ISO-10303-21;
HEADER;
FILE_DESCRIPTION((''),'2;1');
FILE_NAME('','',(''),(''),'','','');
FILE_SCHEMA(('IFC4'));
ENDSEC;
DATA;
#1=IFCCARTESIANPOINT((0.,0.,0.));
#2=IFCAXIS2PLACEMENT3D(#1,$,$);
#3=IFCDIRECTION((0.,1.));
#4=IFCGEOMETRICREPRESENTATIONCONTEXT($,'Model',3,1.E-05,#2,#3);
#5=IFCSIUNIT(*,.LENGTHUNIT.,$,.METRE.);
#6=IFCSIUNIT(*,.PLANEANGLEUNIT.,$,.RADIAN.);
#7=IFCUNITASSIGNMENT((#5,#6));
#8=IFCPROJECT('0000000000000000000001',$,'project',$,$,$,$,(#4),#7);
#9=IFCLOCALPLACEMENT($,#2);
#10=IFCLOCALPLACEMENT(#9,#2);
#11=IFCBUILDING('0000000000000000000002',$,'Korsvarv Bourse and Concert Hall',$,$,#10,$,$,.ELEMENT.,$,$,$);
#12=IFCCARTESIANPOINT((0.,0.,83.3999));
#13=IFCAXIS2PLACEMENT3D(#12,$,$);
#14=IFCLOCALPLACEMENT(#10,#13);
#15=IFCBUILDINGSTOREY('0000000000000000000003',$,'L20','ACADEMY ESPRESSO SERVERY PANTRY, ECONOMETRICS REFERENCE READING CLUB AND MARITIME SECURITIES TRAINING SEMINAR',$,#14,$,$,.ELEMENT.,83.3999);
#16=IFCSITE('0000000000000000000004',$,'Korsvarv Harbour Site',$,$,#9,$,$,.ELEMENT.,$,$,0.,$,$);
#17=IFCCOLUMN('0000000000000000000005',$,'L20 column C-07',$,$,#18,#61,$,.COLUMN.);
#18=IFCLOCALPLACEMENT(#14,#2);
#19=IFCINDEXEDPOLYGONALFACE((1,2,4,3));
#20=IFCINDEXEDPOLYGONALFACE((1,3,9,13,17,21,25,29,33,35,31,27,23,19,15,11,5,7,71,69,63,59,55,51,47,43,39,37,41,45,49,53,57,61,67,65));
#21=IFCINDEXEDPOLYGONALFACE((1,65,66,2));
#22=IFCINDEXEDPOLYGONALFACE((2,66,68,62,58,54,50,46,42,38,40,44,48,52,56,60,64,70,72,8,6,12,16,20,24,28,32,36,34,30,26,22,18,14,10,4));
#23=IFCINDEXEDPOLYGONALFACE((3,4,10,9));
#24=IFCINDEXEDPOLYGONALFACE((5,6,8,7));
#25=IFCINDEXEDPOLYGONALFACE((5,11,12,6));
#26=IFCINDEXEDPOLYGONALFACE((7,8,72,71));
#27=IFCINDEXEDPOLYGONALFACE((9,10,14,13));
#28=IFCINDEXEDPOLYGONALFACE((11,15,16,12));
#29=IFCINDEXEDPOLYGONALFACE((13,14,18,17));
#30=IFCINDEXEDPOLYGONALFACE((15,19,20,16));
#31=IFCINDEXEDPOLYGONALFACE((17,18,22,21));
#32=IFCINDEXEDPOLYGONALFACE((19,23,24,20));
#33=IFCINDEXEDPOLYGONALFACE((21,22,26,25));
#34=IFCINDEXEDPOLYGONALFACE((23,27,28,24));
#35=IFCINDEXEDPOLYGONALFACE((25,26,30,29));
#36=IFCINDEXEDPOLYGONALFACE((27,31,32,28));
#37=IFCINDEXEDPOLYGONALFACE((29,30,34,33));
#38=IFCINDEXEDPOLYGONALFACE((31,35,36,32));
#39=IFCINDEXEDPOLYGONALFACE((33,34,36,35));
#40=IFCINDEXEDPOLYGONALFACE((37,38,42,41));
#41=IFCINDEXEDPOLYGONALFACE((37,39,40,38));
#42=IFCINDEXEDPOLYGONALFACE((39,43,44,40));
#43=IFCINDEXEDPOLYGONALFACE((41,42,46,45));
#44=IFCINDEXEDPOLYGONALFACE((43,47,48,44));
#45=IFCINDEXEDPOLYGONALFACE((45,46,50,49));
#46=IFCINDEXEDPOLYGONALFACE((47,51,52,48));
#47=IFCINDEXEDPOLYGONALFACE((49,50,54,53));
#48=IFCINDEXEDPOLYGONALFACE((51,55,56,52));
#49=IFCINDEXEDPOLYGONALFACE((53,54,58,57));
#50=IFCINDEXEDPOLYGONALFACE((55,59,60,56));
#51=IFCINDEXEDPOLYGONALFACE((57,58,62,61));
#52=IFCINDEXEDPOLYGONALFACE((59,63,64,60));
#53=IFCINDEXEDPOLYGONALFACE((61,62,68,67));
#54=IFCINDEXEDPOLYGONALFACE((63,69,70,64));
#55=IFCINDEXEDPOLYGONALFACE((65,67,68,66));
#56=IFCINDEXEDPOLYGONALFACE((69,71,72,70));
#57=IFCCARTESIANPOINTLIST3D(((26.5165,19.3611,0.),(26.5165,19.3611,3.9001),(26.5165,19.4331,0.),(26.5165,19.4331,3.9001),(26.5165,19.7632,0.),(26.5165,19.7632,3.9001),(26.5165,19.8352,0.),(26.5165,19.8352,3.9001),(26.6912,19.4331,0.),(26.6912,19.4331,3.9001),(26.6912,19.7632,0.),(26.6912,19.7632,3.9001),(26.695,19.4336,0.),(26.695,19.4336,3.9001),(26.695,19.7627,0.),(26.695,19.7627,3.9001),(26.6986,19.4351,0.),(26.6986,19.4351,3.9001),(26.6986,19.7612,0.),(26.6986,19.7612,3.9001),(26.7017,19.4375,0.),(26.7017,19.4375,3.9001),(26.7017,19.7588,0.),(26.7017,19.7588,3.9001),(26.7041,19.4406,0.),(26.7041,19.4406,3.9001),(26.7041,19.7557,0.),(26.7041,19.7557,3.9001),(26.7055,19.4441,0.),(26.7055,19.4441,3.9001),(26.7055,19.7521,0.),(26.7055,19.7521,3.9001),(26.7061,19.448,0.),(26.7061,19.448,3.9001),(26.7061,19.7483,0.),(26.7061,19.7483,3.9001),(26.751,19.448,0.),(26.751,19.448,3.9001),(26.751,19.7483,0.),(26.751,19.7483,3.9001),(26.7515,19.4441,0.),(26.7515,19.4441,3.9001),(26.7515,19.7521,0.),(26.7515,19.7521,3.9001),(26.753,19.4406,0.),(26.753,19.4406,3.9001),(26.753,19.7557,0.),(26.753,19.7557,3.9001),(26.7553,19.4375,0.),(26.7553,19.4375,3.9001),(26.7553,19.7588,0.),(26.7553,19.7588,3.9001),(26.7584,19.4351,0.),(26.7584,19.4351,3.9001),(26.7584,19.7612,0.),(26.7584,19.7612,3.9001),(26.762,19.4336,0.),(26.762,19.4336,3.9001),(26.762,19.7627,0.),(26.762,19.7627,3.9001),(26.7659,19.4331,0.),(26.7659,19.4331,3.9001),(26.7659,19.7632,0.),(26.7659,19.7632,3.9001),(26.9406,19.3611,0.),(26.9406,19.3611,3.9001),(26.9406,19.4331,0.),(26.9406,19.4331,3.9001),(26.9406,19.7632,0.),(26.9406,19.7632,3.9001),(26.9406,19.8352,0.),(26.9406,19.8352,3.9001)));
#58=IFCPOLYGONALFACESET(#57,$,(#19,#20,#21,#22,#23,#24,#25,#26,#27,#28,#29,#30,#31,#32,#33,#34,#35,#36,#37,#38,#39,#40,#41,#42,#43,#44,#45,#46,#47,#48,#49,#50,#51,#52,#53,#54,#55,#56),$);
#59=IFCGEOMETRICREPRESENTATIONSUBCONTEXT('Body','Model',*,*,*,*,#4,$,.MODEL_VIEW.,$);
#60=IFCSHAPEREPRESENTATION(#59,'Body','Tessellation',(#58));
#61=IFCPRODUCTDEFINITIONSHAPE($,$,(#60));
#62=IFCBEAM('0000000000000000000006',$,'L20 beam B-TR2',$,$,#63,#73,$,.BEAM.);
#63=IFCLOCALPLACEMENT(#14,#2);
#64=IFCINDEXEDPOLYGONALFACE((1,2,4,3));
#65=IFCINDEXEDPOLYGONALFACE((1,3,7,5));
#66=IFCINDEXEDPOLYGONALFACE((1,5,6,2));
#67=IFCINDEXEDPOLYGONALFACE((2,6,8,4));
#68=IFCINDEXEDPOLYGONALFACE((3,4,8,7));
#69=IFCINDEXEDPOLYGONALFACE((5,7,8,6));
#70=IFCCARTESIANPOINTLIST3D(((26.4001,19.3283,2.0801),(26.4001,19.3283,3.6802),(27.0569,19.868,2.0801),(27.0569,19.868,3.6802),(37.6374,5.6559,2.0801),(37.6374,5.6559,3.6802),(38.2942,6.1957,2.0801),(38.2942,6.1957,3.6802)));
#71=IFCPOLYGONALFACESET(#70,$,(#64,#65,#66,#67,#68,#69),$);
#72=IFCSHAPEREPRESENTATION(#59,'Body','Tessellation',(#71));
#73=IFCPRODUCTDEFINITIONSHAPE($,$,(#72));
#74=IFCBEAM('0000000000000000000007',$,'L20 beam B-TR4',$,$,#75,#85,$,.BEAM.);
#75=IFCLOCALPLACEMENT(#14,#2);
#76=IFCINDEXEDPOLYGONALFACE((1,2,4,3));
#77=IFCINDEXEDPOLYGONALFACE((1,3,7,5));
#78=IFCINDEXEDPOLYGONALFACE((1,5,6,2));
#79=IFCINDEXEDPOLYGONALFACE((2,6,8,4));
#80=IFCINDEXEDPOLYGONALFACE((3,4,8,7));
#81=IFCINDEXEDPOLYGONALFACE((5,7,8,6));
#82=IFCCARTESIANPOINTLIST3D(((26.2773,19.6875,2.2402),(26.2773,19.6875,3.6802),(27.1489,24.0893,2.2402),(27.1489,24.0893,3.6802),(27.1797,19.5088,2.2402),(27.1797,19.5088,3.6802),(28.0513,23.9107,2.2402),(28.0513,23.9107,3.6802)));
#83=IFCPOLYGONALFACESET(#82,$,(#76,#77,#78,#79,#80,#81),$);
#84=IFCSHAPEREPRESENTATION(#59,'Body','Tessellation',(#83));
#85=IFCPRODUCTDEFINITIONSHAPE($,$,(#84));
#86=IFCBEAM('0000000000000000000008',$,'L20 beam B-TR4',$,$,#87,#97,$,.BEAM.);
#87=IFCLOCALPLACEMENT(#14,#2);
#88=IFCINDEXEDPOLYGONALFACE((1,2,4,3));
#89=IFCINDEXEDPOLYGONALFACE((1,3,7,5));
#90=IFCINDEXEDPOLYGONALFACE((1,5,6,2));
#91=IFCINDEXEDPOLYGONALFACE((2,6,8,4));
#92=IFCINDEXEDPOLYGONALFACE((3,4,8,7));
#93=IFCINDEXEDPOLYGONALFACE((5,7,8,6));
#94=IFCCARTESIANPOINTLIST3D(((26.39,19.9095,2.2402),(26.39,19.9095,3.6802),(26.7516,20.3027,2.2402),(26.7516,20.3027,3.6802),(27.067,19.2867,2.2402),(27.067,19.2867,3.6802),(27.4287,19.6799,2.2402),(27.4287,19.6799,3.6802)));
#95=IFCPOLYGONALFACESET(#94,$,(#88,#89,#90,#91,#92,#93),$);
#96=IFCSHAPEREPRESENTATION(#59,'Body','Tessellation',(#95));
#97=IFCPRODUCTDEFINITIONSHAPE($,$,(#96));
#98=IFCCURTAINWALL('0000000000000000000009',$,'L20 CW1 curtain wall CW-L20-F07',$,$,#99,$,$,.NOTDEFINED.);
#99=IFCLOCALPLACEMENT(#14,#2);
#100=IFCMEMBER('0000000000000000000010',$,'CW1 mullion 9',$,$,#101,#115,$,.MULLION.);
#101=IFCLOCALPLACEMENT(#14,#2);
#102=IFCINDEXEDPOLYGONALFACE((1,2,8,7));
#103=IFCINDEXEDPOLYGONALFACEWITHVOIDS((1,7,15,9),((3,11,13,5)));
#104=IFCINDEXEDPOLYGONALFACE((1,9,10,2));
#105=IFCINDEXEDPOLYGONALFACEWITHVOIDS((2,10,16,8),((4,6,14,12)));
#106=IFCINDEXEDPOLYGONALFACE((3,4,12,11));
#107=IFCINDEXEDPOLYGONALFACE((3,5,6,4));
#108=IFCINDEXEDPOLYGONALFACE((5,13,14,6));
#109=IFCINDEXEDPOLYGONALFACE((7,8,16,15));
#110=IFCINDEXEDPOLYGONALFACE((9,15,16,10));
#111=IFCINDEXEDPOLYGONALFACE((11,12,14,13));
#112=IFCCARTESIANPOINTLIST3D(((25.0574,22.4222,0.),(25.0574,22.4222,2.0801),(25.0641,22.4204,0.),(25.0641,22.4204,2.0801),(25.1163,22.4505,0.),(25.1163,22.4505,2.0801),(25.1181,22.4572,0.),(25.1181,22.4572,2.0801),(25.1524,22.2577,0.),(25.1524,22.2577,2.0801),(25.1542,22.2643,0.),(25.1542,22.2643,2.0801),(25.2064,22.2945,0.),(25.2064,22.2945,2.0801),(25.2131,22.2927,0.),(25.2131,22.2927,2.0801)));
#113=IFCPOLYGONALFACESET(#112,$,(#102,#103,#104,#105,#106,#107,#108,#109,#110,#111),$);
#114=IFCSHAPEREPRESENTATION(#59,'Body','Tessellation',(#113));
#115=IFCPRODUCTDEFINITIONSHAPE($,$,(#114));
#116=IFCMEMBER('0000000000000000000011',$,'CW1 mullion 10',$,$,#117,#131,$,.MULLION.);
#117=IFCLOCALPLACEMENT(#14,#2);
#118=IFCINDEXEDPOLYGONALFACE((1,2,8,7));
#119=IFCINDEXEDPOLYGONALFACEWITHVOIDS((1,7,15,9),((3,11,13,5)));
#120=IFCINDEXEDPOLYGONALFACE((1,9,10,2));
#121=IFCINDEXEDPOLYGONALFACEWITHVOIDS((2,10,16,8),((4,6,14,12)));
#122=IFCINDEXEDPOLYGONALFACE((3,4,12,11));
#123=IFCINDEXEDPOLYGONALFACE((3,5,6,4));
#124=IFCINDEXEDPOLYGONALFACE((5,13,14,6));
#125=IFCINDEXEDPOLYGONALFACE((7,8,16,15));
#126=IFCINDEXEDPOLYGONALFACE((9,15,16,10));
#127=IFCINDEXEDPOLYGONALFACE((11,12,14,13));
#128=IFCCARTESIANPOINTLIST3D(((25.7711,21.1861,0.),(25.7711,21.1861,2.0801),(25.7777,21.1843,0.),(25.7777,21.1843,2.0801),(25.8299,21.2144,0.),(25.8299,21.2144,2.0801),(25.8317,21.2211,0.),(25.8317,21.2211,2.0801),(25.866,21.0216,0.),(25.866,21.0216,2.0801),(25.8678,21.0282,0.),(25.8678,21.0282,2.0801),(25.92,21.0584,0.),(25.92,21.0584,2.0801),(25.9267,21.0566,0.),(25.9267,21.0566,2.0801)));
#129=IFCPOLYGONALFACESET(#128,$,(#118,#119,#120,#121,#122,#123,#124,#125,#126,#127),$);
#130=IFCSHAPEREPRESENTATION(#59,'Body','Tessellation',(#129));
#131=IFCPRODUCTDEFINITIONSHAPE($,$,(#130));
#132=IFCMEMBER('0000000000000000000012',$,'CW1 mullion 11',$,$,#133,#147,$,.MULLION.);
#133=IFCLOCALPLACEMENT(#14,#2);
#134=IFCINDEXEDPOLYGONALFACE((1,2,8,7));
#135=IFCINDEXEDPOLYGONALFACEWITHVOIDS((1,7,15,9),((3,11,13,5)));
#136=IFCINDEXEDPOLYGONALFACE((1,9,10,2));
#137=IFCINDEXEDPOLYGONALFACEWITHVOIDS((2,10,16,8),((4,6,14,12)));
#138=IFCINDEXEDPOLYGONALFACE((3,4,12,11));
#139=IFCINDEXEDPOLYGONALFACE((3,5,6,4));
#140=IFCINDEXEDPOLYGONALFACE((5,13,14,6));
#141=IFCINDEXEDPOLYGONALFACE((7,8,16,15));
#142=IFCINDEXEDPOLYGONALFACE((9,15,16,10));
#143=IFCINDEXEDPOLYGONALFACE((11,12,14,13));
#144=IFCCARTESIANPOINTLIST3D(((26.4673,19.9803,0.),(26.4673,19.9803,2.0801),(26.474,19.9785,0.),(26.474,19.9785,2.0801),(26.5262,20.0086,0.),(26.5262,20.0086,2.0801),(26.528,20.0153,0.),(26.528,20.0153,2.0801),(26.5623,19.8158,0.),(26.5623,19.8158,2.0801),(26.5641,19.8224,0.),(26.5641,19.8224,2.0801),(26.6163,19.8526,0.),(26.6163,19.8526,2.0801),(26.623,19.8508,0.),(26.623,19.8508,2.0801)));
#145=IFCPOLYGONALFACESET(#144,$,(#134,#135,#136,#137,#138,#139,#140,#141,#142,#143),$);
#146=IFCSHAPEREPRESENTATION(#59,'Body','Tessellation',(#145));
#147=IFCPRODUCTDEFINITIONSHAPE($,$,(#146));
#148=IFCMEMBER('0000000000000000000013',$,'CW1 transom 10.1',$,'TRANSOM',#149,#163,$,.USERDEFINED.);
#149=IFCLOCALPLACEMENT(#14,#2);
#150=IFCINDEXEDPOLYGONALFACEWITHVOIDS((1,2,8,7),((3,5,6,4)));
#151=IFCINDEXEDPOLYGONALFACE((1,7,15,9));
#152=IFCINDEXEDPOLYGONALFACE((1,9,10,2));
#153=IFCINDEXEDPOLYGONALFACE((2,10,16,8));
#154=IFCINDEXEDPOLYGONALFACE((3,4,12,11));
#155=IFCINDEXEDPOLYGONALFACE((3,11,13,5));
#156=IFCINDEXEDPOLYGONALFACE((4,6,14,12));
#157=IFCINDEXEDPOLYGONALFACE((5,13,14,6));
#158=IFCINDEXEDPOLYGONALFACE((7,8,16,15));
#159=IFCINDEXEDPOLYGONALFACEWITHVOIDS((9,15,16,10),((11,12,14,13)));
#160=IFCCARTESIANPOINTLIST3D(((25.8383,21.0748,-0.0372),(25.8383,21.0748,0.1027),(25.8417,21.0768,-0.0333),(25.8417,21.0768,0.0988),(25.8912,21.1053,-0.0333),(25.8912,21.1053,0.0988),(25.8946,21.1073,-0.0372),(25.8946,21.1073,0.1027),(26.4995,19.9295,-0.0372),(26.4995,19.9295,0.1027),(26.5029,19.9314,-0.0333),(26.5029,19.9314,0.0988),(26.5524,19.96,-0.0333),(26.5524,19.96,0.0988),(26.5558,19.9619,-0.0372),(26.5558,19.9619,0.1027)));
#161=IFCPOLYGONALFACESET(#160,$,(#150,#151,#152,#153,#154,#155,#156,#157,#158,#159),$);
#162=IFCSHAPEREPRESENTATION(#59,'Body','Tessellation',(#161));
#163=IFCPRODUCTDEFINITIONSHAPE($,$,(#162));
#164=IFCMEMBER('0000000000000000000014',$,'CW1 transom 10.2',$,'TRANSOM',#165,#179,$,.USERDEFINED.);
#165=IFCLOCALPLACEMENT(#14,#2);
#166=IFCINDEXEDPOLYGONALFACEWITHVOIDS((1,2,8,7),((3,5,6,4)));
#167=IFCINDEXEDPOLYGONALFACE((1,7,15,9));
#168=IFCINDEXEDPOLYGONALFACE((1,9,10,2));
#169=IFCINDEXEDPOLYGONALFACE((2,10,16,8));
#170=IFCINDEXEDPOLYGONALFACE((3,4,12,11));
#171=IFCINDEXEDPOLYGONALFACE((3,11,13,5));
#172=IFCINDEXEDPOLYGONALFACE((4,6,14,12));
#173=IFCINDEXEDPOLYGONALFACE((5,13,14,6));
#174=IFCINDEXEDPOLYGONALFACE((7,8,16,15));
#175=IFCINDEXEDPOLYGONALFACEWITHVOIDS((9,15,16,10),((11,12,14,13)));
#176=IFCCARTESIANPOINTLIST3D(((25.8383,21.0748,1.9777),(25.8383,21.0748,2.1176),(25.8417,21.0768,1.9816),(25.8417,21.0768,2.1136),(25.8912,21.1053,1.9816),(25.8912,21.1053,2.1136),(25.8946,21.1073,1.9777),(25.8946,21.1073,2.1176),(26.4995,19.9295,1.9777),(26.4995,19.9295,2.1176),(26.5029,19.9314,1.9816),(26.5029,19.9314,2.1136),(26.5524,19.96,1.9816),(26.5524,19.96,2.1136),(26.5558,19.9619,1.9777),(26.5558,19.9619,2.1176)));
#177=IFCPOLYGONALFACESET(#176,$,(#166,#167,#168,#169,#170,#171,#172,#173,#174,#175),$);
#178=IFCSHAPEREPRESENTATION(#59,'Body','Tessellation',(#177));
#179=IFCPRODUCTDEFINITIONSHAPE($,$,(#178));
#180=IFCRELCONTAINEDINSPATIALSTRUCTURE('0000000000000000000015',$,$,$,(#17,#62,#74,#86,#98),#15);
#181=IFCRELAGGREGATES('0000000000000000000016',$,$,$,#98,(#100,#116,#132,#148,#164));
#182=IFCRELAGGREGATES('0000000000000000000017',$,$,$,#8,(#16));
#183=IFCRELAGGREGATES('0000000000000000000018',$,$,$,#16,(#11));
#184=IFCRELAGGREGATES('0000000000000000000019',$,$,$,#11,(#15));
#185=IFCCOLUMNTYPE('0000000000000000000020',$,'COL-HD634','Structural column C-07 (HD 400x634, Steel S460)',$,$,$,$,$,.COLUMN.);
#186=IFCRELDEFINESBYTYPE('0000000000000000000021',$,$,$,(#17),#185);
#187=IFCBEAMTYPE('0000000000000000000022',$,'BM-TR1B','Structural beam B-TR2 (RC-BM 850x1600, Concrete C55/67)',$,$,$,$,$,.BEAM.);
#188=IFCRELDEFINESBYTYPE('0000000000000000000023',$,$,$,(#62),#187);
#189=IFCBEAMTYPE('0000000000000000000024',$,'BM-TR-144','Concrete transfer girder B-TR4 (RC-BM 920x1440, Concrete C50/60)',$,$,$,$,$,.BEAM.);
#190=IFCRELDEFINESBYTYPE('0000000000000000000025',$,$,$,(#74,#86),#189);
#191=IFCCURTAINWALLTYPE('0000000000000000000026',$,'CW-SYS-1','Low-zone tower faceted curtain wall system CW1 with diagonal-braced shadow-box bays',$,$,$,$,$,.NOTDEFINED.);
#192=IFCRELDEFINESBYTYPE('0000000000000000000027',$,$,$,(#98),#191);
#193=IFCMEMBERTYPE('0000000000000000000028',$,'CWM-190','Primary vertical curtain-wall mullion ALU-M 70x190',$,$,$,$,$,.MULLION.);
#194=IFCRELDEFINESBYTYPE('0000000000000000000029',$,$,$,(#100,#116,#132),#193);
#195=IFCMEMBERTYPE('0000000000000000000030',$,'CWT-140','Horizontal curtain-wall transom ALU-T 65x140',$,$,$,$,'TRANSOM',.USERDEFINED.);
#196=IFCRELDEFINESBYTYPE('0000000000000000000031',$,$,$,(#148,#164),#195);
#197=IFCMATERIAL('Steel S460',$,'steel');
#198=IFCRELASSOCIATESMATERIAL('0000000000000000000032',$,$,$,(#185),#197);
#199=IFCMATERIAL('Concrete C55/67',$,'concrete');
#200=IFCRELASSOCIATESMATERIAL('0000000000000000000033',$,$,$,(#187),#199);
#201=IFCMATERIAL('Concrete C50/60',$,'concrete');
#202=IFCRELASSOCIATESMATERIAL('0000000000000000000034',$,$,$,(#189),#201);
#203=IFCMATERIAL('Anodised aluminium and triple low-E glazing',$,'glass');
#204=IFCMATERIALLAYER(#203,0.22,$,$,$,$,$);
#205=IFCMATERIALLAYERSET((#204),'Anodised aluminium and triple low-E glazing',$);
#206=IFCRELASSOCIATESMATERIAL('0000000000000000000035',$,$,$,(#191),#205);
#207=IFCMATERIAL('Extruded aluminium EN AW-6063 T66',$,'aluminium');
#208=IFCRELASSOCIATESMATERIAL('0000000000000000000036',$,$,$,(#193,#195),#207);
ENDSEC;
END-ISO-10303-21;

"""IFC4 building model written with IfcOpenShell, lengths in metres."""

from ifc_helpers import new_model, si_unit, direction, frame, origin, origin_2d, place, context, subcontext, project, spatial, rectangle, hollow_rectangle, i_section, extrude, source, transform, mapped, material, layer, layer_set, material_profile, profile_set, type_object, element, aggregate, save


model = new_model("IFC4")

# Units and contexts
model_context = context("Model", 3, precision=1e-05, world=origin(), true_north=direction((0.0, 1.0)))
body_context = subcontext(model_context, "Body", "Model", "MODEL_VIEW")
ifc_project = project(units=[si_unit("LENGTHUNIT", "METRE"), si_unit("PLANEANGLEUNIT", "RADIAN")], contexts=[model_context])

# Site, building, storey
site_placement = place(None, origin())
site = spatial("IfcSite", under=ifc_project, at=site_placement, Name="Korsvarv Harbour Site", CompositionType="ELEMENT", RefElevation=0.0)
building_placement = place(site_placement, origin())
building = spatial("IfcBuilding", under=site, at=building_placement, Name="Korsvarv Bourse and Concert Hall", CompositionType="ELEMENT")
storey_placement = place(building_placement, frame((0.0, 0.0, 83.3999)))
storey = spatial("IfcBuildingStorey", under=building, at=storey_placement, Name="L20", Description="ACADEMY ESPRESSO SERVERY PANTRY, ECONOMETRICS REFERENCE READING CLUB AND MARITIME SECURITIES TRAINING SEMINAR", CompositionType="ELEMENT", Elevation=83.3999)

# Column
ifc_material_1 = material(Name="Steel S460", Category="steel")
ifc_material_profile_1 = material_profile(ifc_material_1, i_section(OverallWidth=0.4241, OverallDepth=0.4741, WebThickness=0.0449, FlangeThickness=0.072, FilletRadius=0.0149, at=origin_2d()), Name="HD 400x634")
ifc_profile_set_1 = profile_set([ifc_material_profile_1], Name="Steel S460")
column_type = type_object("IfcColumnType", Name="COL-HD634", Description="Structural column C-07 (HD 400x634, Steel S460)", PredefinedType="COLUMN", material=ifc_profile_set_1)
shared_shape_1 = source(origin(), body_context, "Body", "SweptSolid", [
    extrude(i_section(OverallWidth=0.4241, OverallDepth=0.4741, WebThickness=0.0449, FlangeThickness=0.072, FilletRadius=0.0149, at=origin_2d()), origin(), (0.0, 0.0, 1.0), 3.9001),
])
column_placement = place(storey_placement, frame((26.7285, 19.5981, 0.0), z_axis=(0.0, 0.0, 1.0), x_axis=(1.0, 0.0, 0.0)))
element("IfcColumn", 1, at=column_placement, inside=storey, type_object=column_type, Name="L20 column C-07", PredefinedType="COLUMN", context=body_context, shape_type="MappedRepresentation", body=[
    mapped(shared_shape_1, transform((0.0, 0.0, 0.0), scale=1.0)),
])

# Beams
ifc_material_2 = material(Name="Concrete C55/67", Category="concrete")
ifc_material_profile_2 = material_profile(ifc_material_2, rectangle(XDim=0.8501, YDim=1.6001, at=origin_2d()), Name="RC-BM 850x1600")
ifc_profile_set_2 = profile_set([ifc_material_profile_2], Name="Concrete C55/67")
beam_type_1 = type_object("IfcBeamType", Name="BM-TR1B", Description="Structural beam B-TR2 (RC-BM 850x1600, Concrete C55/67)", PredefinedType="BEAM", material=ifc_profile_set_2)
shared_shape_2 = source(origin(), body_context, "Body", "SweptSolid", [
    extrude(rectangle(XDim=0.8501, YDim=1.6001, at=origin_2d()), origin(), (0.0, 0.0, 1.0), 17.6978),
])
beam_1_placement = place(storey_placement, frame((26.7285, 19.5981, 2.8801), z_axis=(0.634957, -0.772548, 0.0), x_axis=(0.772548, 0.634957, 0.0)))
element("IfcBeam", 2, at=beam_1_placement, inside=storey, type_object=beam_type_1, Name="L20 beam B-TR2", PredefinedType="BEAM", context=body_context, shape_type="MappedRepresentation", body=[
    mapped(shared_shape_2, transform((0.0, 0.0, 0.0), scale=1.0)),
])
ifc_material_3 = material(Name="Concrete C50/60", Category="concrete")
ifc_material_profile_3 = material_profile(ifc_material_3, rectangle(XDim=0.9199, YDim=1.4399, at=origin_2d()), Name="RC-BM 920x1440")
ifc_profile_set_3 = profile_set([ifc_material_profile_3], Name="Concrete C50/60")
beam_type_2 = type_object("IfcBeamType", Name="BM-TR-144", Description="Concrete transfer girder B-TR4 (RC-BM 920x1440, Concrete C50/60)", PredefinedType="BEAM", material=ifc_profile_set_3)
shared_shape_3 = source(origin(), body_context, "Body", "SweptSolid", [
    extrude(rectangle(XDim=0.9199, YDim=1.4399, at=origin_2d()), origin(), (0.0, 0.0, 1.0), 4.4873),
])
beam_2_placement = place(storey_placement, frame((26.7285, 19.5981, 2.9602), z_axis=(0.194232, 0.980956, 0.0), x_axis=(-0.980956, 0.194232, 0.0)))
element("IfcBeam", 3, at=beam_2_placement, inside=storey, type_object=beam_type_2, Name="L20 beam B-TR4", PredefinedType="BEAM", context=body_context, shape_type="MappedRepresentation", body=[
    mapped(shared_shape_3, transform((0.0, 0.0, 0.0), scale=1.0)),
])
shared_shape_4 = source(origin(), body_context, "Body", "SweptSolid", [
    extrude(rectangle(XDim=0.9199, YDim=1.4399, at=origin_2d()), origin(), (0.0, 0.0, 1.0), 0.5342),
])
beam_3_placement = place(storey_placement, frame((26.7285, 19.5981, 2.9602), z_axis=(0.677007, 0.735977, 0.0), x_axis=(-0.735977, 0.677007, 0.0)))
element("IfcBeam", 4, at=beam_3_placement, inside=storey, type_object=beam_type_2, Name="L20 beam B-TR4", PredefinedType="BEAM", context=body_context, shape_type="MappedRepresentation", body=[
    mapped(shared_shape_4, transform((0.0, 0.0, 0.0), scale=1.0)),
])

# Curtain wall, members
ifc_material_4 = material(Name="Anodised aluminium and triple low-E glazing", Category="glass")
ifc_layer_1 = layer(ifc_material_4, 0.22)
ifc_layer_set_1 = layer_set([ifc_layer_1], Name="Anodised aluminium and triple low-E glazing")
curtain_wall_type = type_object("IfcCurtainWallType", Name="CW-SYS-1", Description="Low-zone tower faceted curtain wall system CW1 with diagonal-braced shadow-box bays", PredefinedType="NOTDEFINED", material=ifc_layer_set_1)
curtain_wall_placement = place(storey_placement, origin())
curtain_wall = element("IfcCurtainWall", 5, at=curtain_wall_placement, inside=storey, type_object=curtain_wall_type, Name="L20 CW1 curtain wall CW-L20-F07", PredefinedType="NOTDEFINED")
ifc_material_5 = material(Name="Extruded aluminium EN AW-6063 T66", Category="aluminium")
ifc_material_profile_4 = material_profile(ifc_material_5, hollow_rectangle(XDim=0.0701, YDim=0.1899, WallThickness=0.0049, at=origin_2d()), Name="ALU-M 70x190")
ifc_profile_set_4 = profile_set([ifc_material_profile_4], Name="Extruded aluminium EN AW-6063 T66")
member_type_1 = type_object("IfcMemberType", Name="CWM-190", Description="Primary vertical curtain-wall mullion ALU-M 70x190", PredefinedType="MULLION", material=ifc_profile_set_4)
shared_shape_5 = source(origin(), body_context, "Body", "SweptSolid", [
    extrude(hollow_rectangle(XDim=0.0701, YDim=0.1899, WallThickness=0.0049, at=origin_2d()), origin(), (0.0, 0.0, 1.0), 2.0801),
])
member_1_placement = place(storey_placement, frame((25.1353, 22.3574, 0.0), z_axis=(0.0, 0.0, 1.0), x_axis=(0.866024, 0.500002, 0.0)))
member_1 = element("IfcMember", 6, at=member_1_placement, type_object=member_type_1, Name="CW1 mullion 9", PredefinedType="MULLION", context=body_context, shape_type="MappedRepresentation", body=[
    mapped(shared_shape_5, transform((0.0, 0.0, 0.0), scale=1.0)),
])
member_2_placement = place(storey_placement, frame((25.8489, 21.1213, 0.0), z_axis=(0.0, 0.0, 1.0), x_axis=(0.866024, 0.500002, 0.0)))
member_2 = element("IfcMember", 7, at=member_2_placement, type_object=member_type_1, Name="CW1 mullion 10", PredefinedType="MULLION", context=body_context, shape_type="MappedRepresentation", body=[
    mapped(shared_shape_5, transform((0.0, 0.0, 0.0), scale=1.0)),
])
member_3_placement = place(storey_placement, frame((26.5452, 19.9155, 0.0), z_axis=(0.0, 0.0, 1.0), x_axis=(0.866024, 0.500002, 0.0)))
member_3 = element("IfcMember", 8, at=member_3_placement, type_object=member_type_1, Name="CW1 mullion 11", PredefinedType="MULLION", context=body_context, shape_type="MappedRepresentation", body=[
    mapped(shared_shape_5, transform((0.0, 0.0, 0.0), scale=1.0)),
])
ifc_material_profile_5 = material_profile(ifc_material_5, hollow_rectangle(XDim=0.0649, YDim=0.1399, WallThickness=0.0039, at=origin_2d()), Name="ALU-T 65x140")
ifc_profile_set_5 = profile_set([ifc_material_profile_5], Name="Extruded aluminium EN AW-6063 T66")
member_type_2 = type_object("IfcMemberType", Name="CWT-140", Description="Horizontal curtain-wall transom ALU-T 65x140", ElementType="TRANSOM", PredefinedType="USERDEFINED", material=ifc_profile_set_5)
shared_shape_6 = source(origin(), body_context, "Body", "SweptSolid", [
    extrude(hollow_rectangle(XDim=0.0649, YDim=0.1399, WallThickness=0.0039, at=origin_2d()), origin(), (0.0, 0.0, 1.0), 1.3225),
])
member_4_placement = place(storey_placement, frame((25.8665, 21.0911, 0.0327), z_axis=(0.499952, -0.866053, 0.0), x_axis=(0.866053, 0.499952, 0.0)))
member_4 = element("IfcMember", 9, at=member_4_placement, type_object=member_type_2, Name="CW1 transom 10.1", ObjectType="TRANSOM", PredefinedType="USERDEFINED", context=body_context, shape_type="MappedRepresentation", body=[
    mapped(shared_shape_6, transform((0.0, 0.0, 0.0), scale=1.0)),
])
member_5_placement = place(storey_placement, frame((25.8665, 21.0911, 2.0476), z_axis=(0.499952, -0.866053, 0.0), x_axis=(0.866053, 0.499952, 0.0)))
member_5 = element("IfcMember", 10, at=member_5_placement, type_object=member_type_2, Name="CW1 transom 10.2", ObjectType="TRANSOM", PredefinedType="USERDEFINED", context=body_context, shape_type="MappedRepresentation", body=[
    mapped(shared_shape_6, transform((0.0, 0.0, 0.0), scale=1.0)),
])
aggregate(curtain_wall, [member_1, member_2, member_3, member_4, member_5])

save(model, "model.ifc")
